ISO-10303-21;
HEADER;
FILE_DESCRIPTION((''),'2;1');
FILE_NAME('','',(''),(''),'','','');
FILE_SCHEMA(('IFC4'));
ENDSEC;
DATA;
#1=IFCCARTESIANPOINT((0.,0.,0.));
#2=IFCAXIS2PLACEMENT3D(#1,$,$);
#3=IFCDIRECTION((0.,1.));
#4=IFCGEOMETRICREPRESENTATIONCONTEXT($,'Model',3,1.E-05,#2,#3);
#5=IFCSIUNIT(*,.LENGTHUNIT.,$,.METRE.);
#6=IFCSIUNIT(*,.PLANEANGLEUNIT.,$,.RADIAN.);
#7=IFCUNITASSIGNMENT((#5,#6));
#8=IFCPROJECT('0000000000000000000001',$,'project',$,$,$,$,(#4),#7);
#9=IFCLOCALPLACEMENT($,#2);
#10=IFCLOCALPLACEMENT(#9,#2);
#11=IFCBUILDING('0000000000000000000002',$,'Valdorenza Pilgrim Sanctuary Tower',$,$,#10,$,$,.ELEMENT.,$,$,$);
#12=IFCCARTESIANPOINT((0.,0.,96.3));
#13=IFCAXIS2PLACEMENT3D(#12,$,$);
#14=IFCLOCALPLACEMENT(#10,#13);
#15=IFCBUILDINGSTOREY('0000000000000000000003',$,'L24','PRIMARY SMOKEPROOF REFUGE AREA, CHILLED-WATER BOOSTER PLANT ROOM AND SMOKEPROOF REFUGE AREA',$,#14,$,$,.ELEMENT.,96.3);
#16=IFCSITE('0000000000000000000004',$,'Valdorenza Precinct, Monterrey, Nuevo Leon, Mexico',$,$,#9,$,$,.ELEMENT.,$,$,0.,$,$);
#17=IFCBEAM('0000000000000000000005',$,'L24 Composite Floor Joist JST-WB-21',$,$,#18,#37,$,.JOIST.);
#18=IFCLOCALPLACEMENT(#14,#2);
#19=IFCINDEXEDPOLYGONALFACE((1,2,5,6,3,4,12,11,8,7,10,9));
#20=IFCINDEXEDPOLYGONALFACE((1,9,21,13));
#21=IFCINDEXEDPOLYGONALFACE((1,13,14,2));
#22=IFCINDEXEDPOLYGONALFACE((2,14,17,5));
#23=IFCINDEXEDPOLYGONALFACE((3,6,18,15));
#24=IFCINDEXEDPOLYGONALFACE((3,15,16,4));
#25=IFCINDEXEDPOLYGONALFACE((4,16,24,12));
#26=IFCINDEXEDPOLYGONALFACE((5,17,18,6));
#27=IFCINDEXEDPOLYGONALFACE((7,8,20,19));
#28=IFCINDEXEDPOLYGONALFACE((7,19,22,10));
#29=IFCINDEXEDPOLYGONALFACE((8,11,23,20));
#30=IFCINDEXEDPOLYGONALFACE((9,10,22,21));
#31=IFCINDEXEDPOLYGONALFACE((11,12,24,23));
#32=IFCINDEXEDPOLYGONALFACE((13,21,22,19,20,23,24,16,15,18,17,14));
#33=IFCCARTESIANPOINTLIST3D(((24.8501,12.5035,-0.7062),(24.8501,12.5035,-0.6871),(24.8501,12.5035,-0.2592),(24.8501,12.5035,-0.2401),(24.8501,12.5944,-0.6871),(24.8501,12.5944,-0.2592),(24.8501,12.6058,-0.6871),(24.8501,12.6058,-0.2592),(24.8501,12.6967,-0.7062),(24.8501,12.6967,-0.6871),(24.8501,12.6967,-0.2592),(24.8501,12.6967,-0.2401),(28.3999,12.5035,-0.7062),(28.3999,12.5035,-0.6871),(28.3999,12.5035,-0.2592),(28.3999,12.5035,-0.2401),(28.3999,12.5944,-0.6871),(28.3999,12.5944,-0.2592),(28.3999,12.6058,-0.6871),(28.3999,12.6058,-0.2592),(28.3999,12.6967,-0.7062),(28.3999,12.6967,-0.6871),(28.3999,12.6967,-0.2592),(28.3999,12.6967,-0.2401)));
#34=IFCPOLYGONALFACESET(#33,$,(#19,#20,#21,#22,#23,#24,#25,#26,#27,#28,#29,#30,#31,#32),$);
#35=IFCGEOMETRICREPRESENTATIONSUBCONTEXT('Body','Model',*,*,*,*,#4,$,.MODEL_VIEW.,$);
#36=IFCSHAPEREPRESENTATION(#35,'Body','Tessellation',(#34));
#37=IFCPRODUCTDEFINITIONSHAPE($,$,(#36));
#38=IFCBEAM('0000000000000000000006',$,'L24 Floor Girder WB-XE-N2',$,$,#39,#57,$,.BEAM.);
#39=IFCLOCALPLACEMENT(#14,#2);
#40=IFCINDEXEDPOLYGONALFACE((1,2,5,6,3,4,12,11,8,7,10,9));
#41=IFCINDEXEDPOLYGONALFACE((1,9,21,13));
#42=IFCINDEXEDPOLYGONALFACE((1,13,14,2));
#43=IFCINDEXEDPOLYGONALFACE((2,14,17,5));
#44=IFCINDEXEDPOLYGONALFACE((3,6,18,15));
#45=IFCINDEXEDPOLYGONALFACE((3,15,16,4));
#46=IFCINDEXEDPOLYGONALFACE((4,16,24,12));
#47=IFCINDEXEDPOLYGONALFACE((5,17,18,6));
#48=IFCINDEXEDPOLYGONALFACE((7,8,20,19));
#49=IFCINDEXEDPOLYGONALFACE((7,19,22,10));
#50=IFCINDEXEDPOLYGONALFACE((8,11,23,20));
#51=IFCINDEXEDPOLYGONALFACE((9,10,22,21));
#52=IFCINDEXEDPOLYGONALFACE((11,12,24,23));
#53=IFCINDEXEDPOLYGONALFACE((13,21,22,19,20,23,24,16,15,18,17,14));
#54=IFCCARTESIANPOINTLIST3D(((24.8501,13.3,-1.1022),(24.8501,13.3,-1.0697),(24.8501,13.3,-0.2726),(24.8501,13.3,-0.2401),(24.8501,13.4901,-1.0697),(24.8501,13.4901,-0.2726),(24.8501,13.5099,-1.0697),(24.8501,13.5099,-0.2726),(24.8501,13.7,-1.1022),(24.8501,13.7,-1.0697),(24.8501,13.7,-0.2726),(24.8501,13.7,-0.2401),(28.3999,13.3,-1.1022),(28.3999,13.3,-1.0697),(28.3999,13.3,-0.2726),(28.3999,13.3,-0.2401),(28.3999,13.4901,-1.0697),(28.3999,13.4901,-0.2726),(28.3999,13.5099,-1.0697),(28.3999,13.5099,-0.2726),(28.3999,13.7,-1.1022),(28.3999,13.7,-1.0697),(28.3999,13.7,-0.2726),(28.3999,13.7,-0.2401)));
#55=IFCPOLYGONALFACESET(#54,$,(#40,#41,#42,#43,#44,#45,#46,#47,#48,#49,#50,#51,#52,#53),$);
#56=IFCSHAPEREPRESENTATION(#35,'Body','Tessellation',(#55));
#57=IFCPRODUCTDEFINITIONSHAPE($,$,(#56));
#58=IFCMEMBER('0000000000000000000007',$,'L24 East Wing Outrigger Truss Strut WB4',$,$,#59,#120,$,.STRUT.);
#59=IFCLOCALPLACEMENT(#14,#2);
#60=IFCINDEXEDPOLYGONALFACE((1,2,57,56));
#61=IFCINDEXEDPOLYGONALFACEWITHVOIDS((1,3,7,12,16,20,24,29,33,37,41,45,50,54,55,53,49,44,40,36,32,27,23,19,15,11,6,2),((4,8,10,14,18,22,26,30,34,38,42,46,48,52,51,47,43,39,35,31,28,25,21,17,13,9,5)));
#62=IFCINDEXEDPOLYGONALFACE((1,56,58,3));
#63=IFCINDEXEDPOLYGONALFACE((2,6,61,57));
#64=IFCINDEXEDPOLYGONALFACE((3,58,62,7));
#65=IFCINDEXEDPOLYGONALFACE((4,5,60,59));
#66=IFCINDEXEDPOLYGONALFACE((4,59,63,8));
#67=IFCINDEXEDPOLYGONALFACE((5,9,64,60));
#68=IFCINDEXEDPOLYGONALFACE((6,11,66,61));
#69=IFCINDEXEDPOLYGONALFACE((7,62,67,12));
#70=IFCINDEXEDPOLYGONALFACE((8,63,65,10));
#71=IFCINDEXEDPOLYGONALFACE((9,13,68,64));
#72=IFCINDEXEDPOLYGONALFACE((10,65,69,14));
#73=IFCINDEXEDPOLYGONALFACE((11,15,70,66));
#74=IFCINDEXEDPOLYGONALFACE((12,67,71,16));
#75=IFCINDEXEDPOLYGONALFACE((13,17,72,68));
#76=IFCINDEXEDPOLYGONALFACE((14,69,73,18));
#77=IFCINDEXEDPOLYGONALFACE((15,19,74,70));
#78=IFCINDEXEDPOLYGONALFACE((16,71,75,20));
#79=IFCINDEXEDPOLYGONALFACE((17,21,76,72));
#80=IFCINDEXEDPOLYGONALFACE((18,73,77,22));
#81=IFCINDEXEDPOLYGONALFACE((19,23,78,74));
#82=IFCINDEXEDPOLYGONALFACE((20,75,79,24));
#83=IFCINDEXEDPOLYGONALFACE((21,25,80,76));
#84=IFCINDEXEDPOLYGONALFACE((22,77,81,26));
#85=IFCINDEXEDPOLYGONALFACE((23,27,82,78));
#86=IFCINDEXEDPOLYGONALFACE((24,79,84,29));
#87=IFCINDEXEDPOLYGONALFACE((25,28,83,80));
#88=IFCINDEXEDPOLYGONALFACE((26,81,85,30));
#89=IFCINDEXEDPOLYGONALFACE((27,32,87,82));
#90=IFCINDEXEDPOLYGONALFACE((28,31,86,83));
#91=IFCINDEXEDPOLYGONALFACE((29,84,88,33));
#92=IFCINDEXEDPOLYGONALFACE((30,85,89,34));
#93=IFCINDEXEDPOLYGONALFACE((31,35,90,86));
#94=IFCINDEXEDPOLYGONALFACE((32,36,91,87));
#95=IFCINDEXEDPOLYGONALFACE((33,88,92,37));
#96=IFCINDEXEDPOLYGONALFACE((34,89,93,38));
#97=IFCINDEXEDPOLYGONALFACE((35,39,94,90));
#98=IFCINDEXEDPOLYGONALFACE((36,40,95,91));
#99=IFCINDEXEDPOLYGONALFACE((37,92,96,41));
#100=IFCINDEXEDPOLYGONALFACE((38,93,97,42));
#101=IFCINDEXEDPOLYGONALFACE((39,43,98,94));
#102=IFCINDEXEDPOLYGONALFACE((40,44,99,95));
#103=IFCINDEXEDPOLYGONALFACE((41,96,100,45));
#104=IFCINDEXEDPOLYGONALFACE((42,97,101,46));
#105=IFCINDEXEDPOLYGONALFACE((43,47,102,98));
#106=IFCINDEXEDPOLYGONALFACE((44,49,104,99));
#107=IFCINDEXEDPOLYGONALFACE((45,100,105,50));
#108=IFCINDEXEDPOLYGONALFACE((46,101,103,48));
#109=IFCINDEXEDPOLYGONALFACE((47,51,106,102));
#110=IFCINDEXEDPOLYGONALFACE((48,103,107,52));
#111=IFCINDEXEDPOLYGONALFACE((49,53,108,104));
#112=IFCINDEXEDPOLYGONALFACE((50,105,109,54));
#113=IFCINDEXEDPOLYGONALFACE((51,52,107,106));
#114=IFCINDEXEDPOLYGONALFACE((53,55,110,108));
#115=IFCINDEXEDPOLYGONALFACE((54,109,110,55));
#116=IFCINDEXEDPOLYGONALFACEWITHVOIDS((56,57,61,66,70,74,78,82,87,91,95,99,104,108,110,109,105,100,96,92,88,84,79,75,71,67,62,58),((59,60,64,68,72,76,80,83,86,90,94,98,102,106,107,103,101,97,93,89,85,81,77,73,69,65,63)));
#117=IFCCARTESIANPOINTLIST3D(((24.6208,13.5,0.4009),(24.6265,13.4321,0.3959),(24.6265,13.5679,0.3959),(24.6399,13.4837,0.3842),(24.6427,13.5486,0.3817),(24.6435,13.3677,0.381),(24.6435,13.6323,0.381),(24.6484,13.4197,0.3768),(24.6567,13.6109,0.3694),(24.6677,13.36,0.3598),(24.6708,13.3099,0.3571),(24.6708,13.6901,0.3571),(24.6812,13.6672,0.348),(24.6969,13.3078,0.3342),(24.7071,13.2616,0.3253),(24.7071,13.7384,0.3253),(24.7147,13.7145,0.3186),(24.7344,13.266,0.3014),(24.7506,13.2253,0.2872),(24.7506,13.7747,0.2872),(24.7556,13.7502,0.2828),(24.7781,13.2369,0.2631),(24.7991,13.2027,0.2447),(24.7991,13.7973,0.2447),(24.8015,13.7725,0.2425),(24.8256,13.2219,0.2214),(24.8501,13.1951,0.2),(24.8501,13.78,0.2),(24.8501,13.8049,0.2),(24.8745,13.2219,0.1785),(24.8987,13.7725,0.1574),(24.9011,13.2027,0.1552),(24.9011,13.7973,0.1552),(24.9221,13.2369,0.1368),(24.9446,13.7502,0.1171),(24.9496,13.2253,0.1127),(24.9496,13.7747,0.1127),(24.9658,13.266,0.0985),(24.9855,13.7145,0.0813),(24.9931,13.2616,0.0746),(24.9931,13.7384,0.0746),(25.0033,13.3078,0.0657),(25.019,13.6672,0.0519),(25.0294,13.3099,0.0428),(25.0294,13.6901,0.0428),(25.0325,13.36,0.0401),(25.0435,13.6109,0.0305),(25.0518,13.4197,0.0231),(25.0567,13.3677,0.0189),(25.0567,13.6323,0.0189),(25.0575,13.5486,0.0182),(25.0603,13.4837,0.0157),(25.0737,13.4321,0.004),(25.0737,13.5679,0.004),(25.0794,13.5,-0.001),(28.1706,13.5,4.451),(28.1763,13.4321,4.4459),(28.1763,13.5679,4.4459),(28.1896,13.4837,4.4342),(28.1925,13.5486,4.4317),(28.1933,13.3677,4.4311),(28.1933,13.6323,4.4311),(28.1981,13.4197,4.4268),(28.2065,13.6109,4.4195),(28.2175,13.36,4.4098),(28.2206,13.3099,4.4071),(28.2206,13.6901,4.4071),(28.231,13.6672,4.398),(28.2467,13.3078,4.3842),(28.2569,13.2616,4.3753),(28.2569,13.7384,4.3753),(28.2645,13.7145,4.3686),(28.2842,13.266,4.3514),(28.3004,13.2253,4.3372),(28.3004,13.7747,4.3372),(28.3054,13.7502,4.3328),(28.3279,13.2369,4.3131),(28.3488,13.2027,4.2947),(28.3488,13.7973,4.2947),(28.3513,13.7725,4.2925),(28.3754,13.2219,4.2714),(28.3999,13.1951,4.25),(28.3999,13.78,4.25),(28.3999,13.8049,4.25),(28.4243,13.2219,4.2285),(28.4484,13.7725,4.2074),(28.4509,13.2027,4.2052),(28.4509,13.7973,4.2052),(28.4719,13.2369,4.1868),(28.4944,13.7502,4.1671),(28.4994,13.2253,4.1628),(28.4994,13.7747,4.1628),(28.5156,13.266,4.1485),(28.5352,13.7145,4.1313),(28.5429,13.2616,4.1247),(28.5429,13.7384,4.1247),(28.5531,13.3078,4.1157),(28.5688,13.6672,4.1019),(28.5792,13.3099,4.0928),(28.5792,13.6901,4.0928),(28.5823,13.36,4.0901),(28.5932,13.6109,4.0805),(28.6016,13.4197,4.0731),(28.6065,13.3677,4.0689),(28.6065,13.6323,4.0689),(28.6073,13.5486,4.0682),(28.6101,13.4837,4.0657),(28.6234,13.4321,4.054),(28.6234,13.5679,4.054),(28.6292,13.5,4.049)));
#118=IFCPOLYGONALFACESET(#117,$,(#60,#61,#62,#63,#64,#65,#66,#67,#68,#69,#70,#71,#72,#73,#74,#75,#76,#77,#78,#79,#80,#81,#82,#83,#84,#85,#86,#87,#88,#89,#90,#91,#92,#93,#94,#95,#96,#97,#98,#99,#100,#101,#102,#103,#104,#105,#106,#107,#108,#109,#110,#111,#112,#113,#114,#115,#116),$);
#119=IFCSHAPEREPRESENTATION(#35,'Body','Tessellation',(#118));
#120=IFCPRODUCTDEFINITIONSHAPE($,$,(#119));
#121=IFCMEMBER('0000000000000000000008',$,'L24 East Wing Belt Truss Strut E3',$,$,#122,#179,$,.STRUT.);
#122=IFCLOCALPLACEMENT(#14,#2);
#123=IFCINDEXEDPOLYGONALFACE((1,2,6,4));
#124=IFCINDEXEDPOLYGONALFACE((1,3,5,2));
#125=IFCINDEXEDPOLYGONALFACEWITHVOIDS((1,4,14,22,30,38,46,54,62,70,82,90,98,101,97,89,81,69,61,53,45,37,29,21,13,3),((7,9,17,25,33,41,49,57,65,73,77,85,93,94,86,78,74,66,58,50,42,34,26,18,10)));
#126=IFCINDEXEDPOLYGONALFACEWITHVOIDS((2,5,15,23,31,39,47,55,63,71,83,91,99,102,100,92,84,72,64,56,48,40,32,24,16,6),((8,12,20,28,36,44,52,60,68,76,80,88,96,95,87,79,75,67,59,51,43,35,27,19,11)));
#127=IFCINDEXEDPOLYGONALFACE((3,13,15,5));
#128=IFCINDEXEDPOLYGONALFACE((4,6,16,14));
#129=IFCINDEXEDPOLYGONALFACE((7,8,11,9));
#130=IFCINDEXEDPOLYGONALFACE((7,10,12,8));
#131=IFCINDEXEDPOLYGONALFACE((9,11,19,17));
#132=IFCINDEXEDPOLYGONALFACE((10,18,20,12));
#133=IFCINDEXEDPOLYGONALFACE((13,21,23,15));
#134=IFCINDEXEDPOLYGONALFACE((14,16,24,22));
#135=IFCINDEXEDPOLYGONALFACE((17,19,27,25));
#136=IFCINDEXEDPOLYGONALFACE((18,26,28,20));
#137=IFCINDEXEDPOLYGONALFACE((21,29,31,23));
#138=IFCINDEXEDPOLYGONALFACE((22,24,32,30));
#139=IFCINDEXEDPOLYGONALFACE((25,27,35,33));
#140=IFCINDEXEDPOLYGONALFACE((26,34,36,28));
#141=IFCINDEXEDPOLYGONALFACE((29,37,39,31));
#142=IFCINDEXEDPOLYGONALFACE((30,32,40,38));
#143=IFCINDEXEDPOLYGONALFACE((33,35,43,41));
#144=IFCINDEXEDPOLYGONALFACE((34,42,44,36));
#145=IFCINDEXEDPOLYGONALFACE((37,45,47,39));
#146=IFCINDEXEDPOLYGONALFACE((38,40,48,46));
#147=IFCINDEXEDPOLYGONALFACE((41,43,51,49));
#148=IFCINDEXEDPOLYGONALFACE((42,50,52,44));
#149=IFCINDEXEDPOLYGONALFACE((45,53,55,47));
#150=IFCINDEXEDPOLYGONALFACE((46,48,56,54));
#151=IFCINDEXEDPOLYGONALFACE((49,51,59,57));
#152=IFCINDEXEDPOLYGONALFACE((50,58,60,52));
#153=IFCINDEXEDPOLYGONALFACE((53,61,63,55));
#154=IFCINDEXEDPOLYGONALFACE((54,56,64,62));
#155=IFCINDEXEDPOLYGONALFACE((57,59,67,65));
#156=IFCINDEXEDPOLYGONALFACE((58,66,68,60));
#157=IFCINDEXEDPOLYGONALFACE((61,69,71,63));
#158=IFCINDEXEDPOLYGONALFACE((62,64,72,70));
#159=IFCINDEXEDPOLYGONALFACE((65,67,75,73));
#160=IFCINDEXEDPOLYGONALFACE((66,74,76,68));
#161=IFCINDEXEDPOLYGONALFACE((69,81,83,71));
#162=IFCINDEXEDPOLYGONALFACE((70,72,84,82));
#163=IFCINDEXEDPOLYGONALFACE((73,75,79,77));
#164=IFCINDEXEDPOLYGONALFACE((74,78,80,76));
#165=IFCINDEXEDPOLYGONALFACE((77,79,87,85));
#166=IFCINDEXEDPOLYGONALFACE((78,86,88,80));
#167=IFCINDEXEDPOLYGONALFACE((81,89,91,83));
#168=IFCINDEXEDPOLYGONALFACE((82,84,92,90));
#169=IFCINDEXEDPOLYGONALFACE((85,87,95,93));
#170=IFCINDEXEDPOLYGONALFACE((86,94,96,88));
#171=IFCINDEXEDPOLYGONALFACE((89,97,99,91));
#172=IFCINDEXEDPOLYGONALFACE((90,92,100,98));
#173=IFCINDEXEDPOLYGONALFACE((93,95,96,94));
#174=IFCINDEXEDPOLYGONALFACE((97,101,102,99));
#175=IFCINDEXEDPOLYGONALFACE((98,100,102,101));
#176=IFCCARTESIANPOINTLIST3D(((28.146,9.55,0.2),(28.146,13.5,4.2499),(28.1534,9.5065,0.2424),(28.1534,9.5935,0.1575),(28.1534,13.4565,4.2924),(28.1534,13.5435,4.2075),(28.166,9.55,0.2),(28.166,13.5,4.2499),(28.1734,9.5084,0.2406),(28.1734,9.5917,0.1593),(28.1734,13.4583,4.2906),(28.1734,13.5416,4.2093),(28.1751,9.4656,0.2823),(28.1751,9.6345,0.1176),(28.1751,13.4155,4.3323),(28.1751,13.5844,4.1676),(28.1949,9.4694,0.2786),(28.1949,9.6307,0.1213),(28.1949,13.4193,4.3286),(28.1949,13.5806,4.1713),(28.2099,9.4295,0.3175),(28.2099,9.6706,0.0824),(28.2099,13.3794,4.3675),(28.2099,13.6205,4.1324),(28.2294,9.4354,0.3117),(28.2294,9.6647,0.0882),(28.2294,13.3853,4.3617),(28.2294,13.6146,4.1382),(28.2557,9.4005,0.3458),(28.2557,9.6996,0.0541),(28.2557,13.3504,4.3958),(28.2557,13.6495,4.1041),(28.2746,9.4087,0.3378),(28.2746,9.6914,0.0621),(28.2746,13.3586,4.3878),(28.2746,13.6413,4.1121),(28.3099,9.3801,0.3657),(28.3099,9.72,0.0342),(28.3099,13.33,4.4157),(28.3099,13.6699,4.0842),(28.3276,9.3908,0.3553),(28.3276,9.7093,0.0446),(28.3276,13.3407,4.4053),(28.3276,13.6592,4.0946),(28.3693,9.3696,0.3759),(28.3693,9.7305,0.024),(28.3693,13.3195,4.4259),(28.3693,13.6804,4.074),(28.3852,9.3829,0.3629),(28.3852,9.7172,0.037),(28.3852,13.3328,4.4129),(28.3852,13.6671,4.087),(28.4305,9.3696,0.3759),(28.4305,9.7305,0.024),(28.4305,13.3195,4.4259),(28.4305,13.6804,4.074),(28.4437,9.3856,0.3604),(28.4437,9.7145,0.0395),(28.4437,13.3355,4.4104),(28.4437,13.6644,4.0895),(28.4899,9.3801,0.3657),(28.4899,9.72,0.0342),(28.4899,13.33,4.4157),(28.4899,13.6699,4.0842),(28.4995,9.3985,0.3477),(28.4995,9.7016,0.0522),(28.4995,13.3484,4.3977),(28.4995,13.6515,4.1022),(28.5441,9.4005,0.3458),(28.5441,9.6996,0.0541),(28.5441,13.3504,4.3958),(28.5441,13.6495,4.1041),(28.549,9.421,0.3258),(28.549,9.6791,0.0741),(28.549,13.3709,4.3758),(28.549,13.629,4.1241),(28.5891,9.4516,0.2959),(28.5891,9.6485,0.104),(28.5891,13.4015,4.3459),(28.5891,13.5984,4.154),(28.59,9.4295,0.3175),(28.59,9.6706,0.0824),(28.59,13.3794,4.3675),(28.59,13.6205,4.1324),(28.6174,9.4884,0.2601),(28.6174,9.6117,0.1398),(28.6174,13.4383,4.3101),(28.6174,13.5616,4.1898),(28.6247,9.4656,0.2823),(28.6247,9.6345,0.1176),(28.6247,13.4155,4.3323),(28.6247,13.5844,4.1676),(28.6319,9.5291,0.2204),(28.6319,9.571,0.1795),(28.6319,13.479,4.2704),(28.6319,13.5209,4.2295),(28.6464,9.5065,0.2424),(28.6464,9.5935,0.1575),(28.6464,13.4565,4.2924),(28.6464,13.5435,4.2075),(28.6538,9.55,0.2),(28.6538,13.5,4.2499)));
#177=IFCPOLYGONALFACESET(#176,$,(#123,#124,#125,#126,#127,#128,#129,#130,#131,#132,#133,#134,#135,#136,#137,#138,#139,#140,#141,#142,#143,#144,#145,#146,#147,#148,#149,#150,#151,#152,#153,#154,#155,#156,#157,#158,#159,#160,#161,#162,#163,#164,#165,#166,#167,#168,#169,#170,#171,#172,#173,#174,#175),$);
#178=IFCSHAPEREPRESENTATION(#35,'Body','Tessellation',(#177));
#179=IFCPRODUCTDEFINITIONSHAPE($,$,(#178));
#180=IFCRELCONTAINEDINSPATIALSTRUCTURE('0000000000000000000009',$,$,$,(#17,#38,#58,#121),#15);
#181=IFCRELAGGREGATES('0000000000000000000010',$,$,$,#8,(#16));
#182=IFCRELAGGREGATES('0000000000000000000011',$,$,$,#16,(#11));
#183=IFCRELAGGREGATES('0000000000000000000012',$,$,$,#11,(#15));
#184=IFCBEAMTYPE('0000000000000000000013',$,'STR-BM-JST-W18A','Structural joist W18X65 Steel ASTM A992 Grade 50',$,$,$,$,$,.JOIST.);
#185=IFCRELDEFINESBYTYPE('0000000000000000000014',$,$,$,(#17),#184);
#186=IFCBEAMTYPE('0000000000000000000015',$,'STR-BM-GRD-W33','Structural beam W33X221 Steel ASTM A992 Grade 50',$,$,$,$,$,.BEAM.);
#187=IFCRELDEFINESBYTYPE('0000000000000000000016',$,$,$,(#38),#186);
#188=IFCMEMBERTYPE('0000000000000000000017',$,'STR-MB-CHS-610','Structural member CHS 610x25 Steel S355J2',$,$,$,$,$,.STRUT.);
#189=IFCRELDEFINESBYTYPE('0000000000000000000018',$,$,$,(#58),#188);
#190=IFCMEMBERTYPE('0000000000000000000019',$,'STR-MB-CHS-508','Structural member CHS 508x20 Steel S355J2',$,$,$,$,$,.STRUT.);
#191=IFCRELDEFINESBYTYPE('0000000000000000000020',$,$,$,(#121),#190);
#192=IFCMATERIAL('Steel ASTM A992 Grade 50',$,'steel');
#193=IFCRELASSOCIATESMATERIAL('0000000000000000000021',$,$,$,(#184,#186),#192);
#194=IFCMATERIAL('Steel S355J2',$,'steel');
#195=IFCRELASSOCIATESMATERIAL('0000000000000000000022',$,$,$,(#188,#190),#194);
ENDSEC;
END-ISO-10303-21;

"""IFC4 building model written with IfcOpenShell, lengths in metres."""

from ifc_helpers import new_model, si_unit, direction, frame, origin, origin_2d, place, context, subcontext, project, spatial, hollow_circle, i_section, extrude, source, transform, mapped, material, material_profile, profile_set, type_object, element, save


model = new_model("IFC4")

# Units and contexts
model_context = context("Model", 3, precision=1e-05, world=origin(), true_north=direction((0.0, 1.0)))
body_context = subcontext(model_context, "Body", "Model", "MODEL_VIEW")
ifc_project = project(units=[si_unit("LENGTHUNIT", "METRE"), si_unit("PLANEANGLEUNIT", "RADIAN")], contexts=[model_context])

# Site, building, storey
site_placement = place(None, origin())
site = spatial("IfcSite", under=ifc_project, at=site_placement, Name="Valdorenza Precinct, Monterrey, Nuevo Leon, Mexico", CompositionType="ELEMENT", RefElevation=0.0)
building_placement = place(site_placement, origin())
building = spatial("IfcBuilding", under=site, at=building_placement, Name="Valdorenza Pilgrim Sanctuary Tower", CompositionType="ELEMENT")
storey_placement = place(building_placement, frame((0.0, 0.0, 96.3)))
storey = spatial("IfcBuildingStorey", under=building, at=storey_placement, Name="L24", Description="PRIMARY SMOKEPROOF REFUGE AREA, CHILLED-WATER BOOSTER PLANT ROOM AND SMOKEPROOF REFUGE AREA", CompositionType="ELEMENT", Elevation=96.3)

# Beams
ifc_material_1 = material(Name="Steel ASTM A992 Grade 50", Category="steel")
ifc_material_profile_1 = material_profile(ifc_material_1, i_section(OverallWidth=0.1931, OverallDepth=0.4661, WebThickness=0.0115, FlangeThickness=0.019, at=origin_2d()), Name="W18X65")
ifc_profile_set_1 = profile_set([ifc_material_profile_1], Name="Steel ASTM A992 Grade 50")
beam_type_1 = type_object("IfcBeamType", Name="STR-BM-JST-W18A", Description="Structural joist W18X65 Steel ASTM A992 Grade 50", PredefinedType="JOIST", material=ifc_profile_set_1)
shared_shape_1 = source(origin(), body_context, "Body", "SweptSolid", [
    extrude(i_section(OverallWidth=0.1931, OverallDepth=0.4661, WebThickness=0.0115, FlangeThickness=0.019, at=origin_2d()), origin(), (0.0, 0.0, 1.0), 3.5498),
])
for number, where, z_axis, x_axis, name in (
    (1, (24.8501, 12.6001, -0.4731), (1.0, 0.0, 0.0), (0.0, 1.0, 0.0), "L24 Composite Floor Joist JST-WB-21"),
):
    element("IfcBeam", number, at=place(storey_placement, frame(where, z_axis=z_axis, x_axis=x_axis)), inside=storey, type_object=beam_type_1, Name=name, PredefinedType="JOIST", context=body_context, shape_type="MappedRepresentation", body=[
        mapped(shared_shape_1, transform((0.0, 0.0, 0.0), x_axis=(1.0, 0.0, 0.0), y_axis=(0.0, 1.0, 0.0), z_axis=(0.0, 0.0, 1.0), scale=1.0)),
    ])
ifc_material_profile_2 = material_profile(ifc_material_1, i_section(OverallWidth=0.3999, OverallDepth=0.8621, WebThickness=0.0198, FlangeThickness=0.0325, at=origin_2d()), Name="W33X221")
ifc_profile_set_2 = profile_set([ifc_material_profile_2], Name="Steel ASTM A992 Grade 50")
beam_type_2 = type_object("IfcBeamType", Name="STR-BM-GRD-W33", Description="Structural beam W33X221 Steel ASTM A992 Grade 50", PredefinedType="BEAM", material=ifc_profile_set_2)
shared_shape_2 = source(origin(), body_context, "Body", "SweptSolid", [
    extrude(i_section(OverallWidth=0.3999, OverallDepth=0.8621, WebThickness=0.0198, FlangeThickness=0.0325, at=origin_2d()), origin(), (0.0, 0.0, 1.0), 3.5498),
])
beam_1_placement = place(storey_placement, frame((24.8501, 13.5, -0.6711), z_axis=(1.0, 0.0, 0.0), x_axis=(0.0, 1.0, 0.0)))
element("IfcBeam", 2, at=beam_1_placement, inside=storey, type_object=beam_type_2, Name="L24 Floor Girder WB-XE-N2", PredefinedType="BEAM", context=body_context, shape_type="MappedRepresentation", body=[
    mapped(shared_shape_2, transform((0.0, 0.0, 0.0), x_axis=(1.0, 0.0, 0.0), y_axis=(0.0, 1.0, 0.0), z_axis=(0.0, 0.0, 1.0), scale=1.0)),
])

# Members
ifc_material_2 = material(Name="Steel S355J2", Category="steel")
ifc_material_profile_3 = material_profile(ifc_material_2, hollow_circle(Radius=0.3049, WallThickness=0.0249, at=origin_2d()), Name="CHS 610x25")
ifc_profile_set_3 = profile_set([ifc_material_profile_3], Name="Steel S355J2")
member_type_1 = type_object("IfcMemberType", Name="STR-MB-CHS-610", Description="Structural member CHS 610x25 Steel S355J2", PredefinedType="STRUT", material=ifc_profile_set_3)
shared_shape_3 = source(origin(), body_context, "Body", "SweptSolid", [
    extrude(hollow_circle(Radius=0.3049, WallThickness=0.0249, at=origin_2d()), origin(), (0.0, 0.0, 1.0), 5.3855),
])
member_1_placement = place(storey_placement, frame((24.8501, 13.5, 0.2), z_axis=(0.659137, 0.0, 0.752023), x_axis=(0.0, 1.0, 0.0)))
element("IfcMember", 3, at=member_1_placement, inside=storey, type_object=member_type_1, Name="L24 East Wing Outrigger Truss Strut WB4", PredefinedType="STRUT", context=body_context, shape_type="MappedRepresentation", body=[
    mapped(shared_shape_3, transform((0.0, 0.0, 0.0), x_axis=(1.0, 0.0, 0.0), y_axis=(0.0, 1.0, 0.0), z_axis=(0.0, 0.0, 1.0), scale=1.0)),
])
ifc_material_profile_4 = material_profile(ifc_material_2, hollow_circle(Radius=0.2539, WallThickness=0.02, at=origin_2d()), Name="CHS 508x20")
ifc_profile_set_4 = profile_set([ifc_material_profile_4], Name="Steel S355J2")
member_type_2 = type_object("IfcMemberType", Name="STR-MB-CHS-508", Description="Structural member CHS 508x20 Steel S355J2", PredefinedType="STRUT", material=ifc_profile_set_4)
shared_shape_4 = source(origin(), body_context, "Body", "SweptSolid", [
    extrude(hollow_circle(Radius=0.2539, WallThickness=0.02, at=origin_2d()), origin(), (0.0, 0.0, 1.0), 5.6572),
])
member_2_placement = place(storey_placement, frame((28.3999, 9.55, 0.2), z_axis=(0.0, 0.698205, 0.715898), x_axis=(-1.0, 0.0, 0.0)))
element("IfcMember", 4, at=member_2_placement, inside=storey, type_object=member_type_2, Name="L24 East Wing Belt Truss Strut E3", PredefinedType="STRUT", context=body_context, shape_type="MappedRepresentation", body=[
    mapped(shared_shape_4, transform((0.0, 0.0, 0.0), x_axis=(1.0, 0.0, 0.0), y_axis=(0.0, 1.0, 0.0), z_axis=(0.0, 0.0, 1.0), scale=1.0)),
])

save(model, "model.ifc")
